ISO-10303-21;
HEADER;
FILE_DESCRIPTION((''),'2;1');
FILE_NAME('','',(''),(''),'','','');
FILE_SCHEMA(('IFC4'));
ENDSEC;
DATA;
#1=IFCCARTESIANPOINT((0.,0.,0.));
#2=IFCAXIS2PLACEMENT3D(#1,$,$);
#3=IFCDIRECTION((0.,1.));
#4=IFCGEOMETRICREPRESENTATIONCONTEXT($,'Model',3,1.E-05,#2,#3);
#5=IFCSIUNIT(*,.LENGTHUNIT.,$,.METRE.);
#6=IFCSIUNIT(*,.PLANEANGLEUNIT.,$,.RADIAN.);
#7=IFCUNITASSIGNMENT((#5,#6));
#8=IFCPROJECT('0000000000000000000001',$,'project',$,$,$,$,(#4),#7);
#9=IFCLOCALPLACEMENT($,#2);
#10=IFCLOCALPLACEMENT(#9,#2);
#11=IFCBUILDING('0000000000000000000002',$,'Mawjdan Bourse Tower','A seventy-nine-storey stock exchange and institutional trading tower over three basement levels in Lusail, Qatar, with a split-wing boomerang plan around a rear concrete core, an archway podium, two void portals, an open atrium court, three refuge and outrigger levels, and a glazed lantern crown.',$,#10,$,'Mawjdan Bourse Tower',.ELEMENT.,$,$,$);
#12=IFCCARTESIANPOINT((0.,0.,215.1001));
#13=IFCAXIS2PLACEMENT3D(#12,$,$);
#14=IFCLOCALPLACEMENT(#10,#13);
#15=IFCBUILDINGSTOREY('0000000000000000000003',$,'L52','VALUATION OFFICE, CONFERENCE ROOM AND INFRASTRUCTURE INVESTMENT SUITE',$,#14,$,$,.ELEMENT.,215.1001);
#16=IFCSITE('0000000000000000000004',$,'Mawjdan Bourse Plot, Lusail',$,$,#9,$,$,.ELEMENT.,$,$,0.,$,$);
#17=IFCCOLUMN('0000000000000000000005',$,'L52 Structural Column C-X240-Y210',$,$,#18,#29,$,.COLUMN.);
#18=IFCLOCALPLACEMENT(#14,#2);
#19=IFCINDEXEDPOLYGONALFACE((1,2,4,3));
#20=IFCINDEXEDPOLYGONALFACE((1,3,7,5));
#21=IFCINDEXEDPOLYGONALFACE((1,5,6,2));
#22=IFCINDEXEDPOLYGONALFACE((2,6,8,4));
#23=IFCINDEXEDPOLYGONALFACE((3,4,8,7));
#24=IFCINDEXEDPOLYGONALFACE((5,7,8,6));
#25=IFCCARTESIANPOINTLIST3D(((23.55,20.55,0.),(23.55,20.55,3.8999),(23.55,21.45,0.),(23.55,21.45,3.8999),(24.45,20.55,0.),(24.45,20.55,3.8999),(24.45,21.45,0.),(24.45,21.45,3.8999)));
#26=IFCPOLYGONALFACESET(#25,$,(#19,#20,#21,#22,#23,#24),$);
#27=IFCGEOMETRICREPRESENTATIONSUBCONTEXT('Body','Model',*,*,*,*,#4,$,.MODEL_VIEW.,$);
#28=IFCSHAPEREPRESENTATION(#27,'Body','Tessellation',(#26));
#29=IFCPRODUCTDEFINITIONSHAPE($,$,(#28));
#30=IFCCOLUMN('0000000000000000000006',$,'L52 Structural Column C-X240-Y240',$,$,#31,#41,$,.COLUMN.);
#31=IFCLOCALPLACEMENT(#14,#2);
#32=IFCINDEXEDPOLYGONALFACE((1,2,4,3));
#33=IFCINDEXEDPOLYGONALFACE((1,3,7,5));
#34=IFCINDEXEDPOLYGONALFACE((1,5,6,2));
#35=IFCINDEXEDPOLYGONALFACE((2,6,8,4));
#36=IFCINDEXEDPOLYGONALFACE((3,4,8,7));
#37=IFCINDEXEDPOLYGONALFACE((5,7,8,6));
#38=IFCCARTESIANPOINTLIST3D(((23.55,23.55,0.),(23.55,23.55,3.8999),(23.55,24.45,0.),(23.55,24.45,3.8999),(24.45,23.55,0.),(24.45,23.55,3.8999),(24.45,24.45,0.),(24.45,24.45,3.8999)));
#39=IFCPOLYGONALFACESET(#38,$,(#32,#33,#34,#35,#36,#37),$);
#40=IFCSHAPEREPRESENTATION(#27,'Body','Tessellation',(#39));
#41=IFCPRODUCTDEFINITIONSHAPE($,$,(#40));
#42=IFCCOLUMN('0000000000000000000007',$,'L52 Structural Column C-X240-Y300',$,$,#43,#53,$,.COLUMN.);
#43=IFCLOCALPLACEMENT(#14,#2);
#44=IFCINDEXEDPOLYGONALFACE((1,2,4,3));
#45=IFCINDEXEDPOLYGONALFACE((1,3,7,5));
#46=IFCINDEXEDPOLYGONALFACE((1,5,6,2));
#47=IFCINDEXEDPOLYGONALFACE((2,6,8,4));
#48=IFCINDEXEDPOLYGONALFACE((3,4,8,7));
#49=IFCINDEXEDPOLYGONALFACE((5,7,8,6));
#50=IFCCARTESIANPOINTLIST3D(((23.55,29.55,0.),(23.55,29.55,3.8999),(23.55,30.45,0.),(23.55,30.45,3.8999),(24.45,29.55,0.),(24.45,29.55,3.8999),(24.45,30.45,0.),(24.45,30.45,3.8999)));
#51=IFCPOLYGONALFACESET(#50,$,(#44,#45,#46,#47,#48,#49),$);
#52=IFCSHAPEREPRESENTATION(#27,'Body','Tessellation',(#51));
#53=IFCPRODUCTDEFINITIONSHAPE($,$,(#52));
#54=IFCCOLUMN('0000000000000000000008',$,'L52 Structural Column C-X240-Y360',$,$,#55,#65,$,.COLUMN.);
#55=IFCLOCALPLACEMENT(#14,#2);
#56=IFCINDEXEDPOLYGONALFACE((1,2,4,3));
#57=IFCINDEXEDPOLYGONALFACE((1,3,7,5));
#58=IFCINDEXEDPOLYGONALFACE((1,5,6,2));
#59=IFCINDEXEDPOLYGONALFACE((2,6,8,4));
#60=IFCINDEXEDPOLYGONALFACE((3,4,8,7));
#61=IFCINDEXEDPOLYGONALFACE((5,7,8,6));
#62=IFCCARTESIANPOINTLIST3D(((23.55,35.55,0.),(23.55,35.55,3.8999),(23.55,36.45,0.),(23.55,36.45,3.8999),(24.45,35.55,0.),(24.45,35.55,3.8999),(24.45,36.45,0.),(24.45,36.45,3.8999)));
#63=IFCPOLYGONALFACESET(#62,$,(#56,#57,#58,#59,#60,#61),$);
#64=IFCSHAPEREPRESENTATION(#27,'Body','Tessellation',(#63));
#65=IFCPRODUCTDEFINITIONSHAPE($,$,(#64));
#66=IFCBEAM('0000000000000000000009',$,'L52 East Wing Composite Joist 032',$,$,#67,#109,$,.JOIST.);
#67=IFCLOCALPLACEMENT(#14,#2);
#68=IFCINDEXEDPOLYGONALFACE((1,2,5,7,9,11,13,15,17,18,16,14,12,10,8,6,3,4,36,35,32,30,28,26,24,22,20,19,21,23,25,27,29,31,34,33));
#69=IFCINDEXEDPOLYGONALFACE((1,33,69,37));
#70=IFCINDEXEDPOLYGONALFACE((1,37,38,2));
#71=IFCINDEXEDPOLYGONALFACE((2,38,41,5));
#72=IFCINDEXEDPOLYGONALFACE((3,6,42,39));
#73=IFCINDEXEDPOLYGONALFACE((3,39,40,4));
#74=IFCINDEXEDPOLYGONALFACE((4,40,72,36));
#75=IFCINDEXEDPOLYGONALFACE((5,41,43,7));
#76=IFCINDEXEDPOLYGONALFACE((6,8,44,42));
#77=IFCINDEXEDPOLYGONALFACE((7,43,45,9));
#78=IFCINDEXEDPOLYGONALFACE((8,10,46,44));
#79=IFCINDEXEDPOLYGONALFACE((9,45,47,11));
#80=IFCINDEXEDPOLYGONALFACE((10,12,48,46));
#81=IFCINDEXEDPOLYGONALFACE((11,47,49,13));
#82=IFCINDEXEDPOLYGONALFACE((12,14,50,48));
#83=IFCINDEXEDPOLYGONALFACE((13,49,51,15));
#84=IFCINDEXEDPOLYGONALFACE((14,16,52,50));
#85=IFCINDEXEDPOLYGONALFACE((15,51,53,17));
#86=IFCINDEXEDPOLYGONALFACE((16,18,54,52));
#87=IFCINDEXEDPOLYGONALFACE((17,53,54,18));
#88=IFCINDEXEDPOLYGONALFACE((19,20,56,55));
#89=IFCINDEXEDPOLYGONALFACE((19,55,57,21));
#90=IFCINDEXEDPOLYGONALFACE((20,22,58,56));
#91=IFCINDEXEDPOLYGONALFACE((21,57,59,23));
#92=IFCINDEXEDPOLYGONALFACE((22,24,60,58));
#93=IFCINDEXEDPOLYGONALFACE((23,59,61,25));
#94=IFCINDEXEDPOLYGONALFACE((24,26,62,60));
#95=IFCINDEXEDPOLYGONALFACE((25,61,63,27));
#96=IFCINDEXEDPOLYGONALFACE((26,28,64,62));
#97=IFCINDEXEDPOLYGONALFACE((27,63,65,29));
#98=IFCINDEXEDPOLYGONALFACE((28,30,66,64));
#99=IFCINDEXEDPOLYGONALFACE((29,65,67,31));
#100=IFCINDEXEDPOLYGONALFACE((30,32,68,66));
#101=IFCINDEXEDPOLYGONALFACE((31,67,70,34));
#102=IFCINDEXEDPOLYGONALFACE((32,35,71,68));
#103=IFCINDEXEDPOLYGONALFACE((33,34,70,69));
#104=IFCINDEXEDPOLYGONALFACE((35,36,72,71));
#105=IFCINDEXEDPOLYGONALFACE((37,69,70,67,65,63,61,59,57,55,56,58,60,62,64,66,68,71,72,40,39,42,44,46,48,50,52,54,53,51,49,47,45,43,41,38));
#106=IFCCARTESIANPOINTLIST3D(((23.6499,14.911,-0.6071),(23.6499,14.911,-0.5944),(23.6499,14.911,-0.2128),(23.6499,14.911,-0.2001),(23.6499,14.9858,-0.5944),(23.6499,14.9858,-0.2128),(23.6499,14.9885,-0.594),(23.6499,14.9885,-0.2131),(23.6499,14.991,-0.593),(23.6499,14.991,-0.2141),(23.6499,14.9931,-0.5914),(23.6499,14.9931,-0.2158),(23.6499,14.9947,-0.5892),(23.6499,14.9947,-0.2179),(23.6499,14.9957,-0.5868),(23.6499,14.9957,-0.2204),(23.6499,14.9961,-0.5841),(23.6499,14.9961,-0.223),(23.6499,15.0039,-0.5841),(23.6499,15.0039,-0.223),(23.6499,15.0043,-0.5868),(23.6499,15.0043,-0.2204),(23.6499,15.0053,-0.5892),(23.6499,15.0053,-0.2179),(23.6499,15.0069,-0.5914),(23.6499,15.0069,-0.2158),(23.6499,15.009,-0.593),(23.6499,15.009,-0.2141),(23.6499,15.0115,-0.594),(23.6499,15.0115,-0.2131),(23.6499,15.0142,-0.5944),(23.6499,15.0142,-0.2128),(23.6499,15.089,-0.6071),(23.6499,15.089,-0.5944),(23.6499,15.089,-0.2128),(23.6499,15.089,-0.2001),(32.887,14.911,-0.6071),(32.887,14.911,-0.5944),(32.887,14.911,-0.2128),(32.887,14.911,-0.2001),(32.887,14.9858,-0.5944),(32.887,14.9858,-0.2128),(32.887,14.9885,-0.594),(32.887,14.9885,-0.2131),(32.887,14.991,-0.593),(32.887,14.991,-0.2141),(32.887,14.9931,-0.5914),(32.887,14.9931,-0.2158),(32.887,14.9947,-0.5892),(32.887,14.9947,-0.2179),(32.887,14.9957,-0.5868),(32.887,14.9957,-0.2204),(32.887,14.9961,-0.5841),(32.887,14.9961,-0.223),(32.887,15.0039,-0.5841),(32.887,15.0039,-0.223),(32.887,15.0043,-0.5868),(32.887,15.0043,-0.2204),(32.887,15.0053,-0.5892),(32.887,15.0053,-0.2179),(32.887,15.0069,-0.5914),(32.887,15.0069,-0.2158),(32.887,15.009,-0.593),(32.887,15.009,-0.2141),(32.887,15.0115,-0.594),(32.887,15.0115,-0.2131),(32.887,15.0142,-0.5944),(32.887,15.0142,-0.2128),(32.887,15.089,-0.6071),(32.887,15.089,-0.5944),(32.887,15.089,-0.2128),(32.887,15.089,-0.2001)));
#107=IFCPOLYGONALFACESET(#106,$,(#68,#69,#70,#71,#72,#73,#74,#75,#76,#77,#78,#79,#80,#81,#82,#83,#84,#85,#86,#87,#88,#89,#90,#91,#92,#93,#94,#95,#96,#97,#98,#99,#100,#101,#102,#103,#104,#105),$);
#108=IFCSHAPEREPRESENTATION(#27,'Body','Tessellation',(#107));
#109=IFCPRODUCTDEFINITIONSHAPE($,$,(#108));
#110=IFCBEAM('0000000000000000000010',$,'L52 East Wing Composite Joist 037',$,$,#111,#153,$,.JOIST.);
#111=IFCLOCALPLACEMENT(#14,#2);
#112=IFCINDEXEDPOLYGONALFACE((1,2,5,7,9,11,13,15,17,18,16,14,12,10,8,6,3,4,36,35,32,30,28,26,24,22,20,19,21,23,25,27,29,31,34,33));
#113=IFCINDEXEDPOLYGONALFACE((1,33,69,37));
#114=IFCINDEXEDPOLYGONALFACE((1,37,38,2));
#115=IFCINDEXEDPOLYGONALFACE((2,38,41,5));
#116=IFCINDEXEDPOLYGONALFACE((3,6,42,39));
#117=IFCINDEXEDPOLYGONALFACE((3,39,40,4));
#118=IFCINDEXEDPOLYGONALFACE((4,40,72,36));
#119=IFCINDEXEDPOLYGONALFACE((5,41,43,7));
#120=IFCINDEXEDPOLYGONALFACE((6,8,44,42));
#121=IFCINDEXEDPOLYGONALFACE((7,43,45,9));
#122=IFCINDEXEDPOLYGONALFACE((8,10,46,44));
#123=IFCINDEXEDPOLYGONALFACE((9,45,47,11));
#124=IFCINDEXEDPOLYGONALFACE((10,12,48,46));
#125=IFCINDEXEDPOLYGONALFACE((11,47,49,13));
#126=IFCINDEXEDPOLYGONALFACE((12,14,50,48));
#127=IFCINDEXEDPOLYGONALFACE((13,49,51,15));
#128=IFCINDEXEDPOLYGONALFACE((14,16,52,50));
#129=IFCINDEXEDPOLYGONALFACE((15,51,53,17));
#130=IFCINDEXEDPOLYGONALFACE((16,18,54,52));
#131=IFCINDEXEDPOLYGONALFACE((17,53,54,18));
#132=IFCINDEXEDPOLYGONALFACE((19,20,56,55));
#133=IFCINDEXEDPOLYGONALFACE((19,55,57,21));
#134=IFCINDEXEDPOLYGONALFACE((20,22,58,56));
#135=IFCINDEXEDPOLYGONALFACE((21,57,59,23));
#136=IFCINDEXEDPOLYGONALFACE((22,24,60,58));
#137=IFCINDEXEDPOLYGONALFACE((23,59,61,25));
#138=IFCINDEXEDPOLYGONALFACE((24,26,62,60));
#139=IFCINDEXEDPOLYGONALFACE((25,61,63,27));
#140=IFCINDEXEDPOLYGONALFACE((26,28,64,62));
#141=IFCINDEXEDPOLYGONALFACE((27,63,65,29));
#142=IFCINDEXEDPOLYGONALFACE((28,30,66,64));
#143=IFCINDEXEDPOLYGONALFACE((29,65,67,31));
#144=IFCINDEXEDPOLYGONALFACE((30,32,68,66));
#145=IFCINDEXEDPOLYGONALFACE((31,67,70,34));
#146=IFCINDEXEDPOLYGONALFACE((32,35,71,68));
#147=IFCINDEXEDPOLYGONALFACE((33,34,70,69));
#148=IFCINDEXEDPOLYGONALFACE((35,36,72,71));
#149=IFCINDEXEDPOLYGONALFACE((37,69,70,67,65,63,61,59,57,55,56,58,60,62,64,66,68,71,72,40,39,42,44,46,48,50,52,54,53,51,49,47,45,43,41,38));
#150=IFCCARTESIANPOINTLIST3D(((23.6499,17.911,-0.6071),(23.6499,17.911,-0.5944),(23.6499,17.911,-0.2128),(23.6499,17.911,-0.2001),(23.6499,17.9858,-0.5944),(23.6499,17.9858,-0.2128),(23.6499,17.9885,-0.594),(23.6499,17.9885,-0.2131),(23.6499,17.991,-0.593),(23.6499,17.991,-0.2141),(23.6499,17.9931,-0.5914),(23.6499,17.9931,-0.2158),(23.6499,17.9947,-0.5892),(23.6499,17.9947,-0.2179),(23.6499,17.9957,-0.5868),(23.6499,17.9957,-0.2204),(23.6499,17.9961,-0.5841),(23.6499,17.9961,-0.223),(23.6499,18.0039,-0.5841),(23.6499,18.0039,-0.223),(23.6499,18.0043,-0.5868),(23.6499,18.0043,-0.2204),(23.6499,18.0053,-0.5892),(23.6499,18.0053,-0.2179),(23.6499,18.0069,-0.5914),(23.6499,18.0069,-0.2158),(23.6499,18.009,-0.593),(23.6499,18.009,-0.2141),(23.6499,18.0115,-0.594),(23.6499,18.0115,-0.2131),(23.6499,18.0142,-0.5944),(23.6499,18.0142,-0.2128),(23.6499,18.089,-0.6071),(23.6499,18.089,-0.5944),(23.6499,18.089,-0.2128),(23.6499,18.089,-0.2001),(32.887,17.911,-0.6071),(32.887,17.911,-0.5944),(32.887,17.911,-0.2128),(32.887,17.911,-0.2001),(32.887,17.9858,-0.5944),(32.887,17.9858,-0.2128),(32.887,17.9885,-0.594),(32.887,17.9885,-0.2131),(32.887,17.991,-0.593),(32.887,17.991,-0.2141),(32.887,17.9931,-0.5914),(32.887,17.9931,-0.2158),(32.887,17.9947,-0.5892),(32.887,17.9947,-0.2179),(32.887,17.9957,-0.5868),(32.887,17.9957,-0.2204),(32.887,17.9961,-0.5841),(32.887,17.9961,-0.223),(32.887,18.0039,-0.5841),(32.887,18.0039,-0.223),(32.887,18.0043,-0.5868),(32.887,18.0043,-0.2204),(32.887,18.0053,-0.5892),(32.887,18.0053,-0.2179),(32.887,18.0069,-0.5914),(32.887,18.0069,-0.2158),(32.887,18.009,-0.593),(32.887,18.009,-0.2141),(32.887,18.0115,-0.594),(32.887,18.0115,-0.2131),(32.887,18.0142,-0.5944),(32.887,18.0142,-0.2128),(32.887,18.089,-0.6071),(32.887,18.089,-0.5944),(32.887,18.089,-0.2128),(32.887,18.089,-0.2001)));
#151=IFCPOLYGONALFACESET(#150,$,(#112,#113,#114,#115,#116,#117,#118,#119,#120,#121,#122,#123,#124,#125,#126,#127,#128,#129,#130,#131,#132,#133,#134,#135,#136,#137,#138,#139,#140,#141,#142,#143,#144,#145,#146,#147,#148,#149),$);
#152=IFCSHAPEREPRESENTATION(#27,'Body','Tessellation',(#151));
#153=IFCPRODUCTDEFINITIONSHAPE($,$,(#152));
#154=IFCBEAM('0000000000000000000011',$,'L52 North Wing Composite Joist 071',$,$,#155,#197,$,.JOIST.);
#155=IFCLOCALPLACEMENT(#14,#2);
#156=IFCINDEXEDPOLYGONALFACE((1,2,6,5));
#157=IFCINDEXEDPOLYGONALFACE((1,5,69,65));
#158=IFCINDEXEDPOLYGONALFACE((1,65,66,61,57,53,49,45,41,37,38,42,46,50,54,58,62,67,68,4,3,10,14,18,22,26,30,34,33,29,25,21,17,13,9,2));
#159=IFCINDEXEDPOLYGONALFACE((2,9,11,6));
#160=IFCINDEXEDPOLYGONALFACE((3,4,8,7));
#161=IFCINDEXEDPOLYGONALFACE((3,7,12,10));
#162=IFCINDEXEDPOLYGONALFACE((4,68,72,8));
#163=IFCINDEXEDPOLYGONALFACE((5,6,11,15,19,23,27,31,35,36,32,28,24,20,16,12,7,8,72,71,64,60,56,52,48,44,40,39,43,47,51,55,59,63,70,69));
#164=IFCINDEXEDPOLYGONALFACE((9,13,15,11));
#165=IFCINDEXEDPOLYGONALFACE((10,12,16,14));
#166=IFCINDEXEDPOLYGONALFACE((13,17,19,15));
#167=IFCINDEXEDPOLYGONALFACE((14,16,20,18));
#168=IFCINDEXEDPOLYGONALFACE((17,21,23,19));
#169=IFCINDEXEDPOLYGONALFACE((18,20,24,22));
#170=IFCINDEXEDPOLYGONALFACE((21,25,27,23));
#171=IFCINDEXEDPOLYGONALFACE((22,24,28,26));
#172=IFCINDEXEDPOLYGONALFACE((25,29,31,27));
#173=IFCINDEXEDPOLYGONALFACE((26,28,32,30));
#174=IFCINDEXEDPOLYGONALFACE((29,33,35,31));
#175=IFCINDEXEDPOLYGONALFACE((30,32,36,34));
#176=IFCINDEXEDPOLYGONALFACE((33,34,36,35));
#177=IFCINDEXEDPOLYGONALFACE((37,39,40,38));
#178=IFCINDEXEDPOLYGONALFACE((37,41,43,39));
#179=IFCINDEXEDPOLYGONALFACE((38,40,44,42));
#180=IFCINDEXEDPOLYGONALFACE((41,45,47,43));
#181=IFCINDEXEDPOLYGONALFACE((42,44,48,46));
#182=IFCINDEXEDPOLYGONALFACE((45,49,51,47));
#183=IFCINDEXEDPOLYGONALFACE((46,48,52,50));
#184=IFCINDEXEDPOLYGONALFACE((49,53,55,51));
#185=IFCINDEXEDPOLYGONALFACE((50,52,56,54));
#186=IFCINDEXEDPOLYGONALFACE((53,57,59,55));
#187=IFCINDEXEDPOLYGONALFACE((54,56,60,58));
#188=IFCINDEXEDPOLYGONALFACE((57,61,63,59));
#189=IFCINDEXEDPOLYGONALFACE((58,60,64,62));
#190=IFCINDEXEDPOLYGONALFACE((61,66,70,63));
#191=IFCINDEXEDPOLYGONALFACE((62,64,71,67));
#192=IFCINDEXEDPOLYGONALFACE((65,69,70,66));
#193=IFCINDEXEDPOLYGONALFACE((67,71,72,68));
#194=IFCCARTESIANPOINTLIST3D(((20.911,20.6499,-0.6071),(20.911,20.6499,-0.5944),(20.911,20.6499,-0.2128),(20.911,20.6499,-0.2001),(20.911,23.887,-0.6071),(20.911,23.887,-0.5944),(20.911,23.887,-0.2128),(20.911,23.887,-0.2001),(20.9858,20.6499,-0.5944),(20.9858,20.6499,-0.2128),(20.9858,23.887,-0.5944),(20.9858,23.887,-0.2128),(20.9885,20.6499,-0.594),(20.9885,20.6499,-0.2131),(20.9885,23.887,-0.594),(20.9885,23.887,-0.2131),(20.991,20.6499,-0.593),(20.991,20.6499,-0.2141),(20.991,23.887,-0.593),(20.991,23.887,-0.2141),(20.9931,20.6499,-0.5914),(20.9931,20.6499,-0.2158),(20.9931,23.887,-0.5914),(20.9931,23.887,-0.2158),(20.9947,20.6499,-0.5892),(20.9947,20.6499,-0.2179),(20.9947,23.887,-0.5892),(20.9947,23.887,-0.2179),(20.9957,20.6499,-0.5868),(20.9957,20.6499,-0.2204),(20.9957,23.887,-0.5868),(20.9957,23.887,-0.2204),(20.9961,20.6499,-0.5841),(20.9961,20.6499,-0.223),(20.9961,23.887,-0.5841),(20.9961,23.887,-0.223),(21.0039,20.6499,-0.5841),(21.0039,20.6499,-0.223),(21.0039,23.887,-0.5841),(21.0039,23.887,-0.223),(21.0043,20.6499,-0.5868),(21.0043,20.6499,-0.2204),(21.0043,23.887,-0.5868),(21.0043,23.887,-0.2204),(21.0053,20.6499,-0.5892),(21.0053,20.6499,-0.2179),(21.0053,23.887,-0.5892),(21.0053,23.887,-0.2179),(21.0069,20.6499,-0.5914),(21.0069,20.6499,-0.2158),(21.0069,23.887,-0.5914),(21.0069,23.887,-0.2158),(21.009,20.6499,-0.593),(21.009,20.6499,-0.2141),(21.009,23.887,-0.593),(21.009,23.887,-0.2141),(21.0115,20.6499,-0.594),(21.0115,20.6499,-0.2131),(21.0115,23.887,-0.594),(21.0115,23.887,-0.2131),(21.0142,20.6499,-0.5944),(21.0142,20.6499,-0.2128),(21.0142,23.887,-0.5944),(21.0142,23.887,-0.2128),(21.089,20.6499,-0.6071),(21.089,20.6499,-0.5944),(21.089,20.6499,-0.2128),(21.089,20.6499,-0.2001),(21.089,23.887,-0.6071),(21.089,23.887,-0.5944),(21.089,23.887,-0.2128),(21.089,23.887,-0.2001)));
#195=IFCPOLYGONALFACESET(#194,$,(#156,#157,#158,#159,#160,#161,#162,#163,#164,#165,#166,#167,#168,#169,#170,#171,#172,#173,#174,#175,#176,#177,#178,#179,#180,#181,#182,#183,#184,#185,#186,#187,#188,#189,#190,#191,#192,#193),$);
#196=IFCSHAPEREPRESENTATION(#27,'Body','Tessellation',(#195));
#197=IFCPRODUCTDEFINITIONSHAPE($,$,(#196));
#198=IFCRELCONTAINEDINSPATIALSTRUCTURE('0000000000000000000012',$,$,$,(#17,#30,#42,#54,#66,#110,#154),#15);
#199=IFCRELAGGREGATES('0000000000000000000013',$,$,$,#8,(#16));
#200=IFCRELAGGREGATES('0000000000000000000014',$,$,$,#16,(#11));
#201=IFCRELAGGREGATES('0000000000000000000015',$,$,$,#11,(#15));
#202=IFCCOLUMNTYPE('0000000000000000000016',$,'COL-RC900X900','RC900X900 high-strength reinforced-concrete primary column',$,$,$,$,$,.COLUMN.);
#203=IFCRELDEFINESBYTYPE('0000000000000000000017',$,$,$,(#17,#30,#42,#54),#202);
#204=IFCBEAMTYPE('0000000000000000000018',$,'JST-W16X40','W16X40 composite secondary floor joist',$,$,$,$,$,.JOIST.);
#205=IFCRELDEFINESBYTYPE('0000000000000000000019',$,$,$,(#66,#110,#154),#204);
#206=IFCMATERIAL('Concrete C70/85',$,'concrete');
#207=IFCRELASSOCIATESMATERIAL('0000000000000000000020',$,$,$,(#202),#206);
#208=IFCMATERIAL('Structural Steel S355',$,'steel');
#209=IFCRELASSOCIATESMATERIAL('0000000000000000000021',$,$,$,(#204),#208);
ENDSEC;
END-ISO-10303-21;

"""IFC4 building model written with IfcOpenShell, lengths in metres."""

from ifc_helpers import new_model, si_unit, direction, frame, origin, origin_2d, place, context, subcontext, project, spatial, rectangle, i_section, extrude, material, material_profile, profile_set, type_object, element, save


model = new_model("IFC4")

# Units and contexts
model_context = context("Model", 3, precision=1e-05, world=origin(), true_north=direction((0.0, 1.0)))
body_context = subcontext(model_context, "Body", "Model", "MODEL_VIEW")
ifc_project = project(units=[si_unit("LENGTHUNIT", "METRE"), si_unit("PLANEANGLEUNIT", "RADIAN")], contexts=[model_context])

# Site, building, storey
site_placement = place(None, origin())
site = spatial("IfcSite", under=ifc_project, at=site_placement, Name="Mawjdan Bourse Plot, Lusail", CompositionType="ELEMENT", RefElevation=0.0)
building_placement = place(site_placement, origin())
building = spatial("IfcBuilding", under=site, at=building_placement, Name="Mawjdan Bourse Tower", Description="A seventy-nine-storey stock exchange and institutional trading tower over three basement levels in Lusail, Qatar, with a split-wing boomerang plan around a rear concrete core, an archway podium, two void portals, an open atrium court, three refuge and outrigger levels, and a glazed lantern crown.", LongName="Mawjdan Bourse Tower", CompositionType="ELEMENT")
storey_placement = place(building_placement, frame((0.0, 0.0, 215.1001)))
storey = spatial("IfcBuildingStorey", under=building, at=storey_placement, Name="L52", Description="VALUATION OFFICE, CONFERENCE ROOM AND INFRASTRUCTURE INVESTMENT SUITE", CompositionType="ELEMENT", Elevation=215.1001)

# Columns
ifc_material_1 = material(Name="Concrete C70/85", Category="concrete")
ifc_material_profile_1 = material_profile(ifc_material_1, rectangle(XDim=0.8999, YDim=0.8999, at=origin_2d()), Name="RC900X900")
ifc_profile_set_1 = profile_set([ifc_material_profile_1], Name="Concrete C70/85")
column_type = type_object("IfcColumnType", Name="COL-RC900X900", Description="RC900X900 high-strength reinforced-concrete primary column", PredefinedType="COLUMN", material=ifc_profile_set_1)
for number, where, z_axis, x_axis, name in (
    (1, (24.0, 21.0, 0.0), (0.0, 0.0, 1.0), (1.0, 0.0, 0.0), "L52 Structural Column C-X240-Y210"),
    (2, (24.0, 24.0, 0.0), (0.0, 0.0, 1.0), (1.0, 0.0, 0.0), "L52 Structural Column C-X240-Y240"),
    (3, (24.0, 30.0, 0.0), (0.0, 0.0, 1.0), (1.0, 0.0, 0.0), "L52 Structural Column C-X240-Y300"),
    (4, (24.0, 36.0, 0.0), (0.0, 0.0, 1.0), (1.0, 0.0, 0.0), "L52 Structural Column C-X240-Y360"),
):
    element("IfcColumn", number, at=place(storey_placement, frame(where, z_axis=z_axis, x_axis=x_axis)), inside=storey, type_object=column_type, Name=name, PredefinedType="COLUMN", context=body_context, shape_type="SweptSolid", body=[
        extrude(rectangle(XDim=0.8999, YDim=0.8999, at=origin_2d()), origin(), (0.0, 0.0, 1.0), 3.8999),
    ])

# Beams
ifc_material_2 = material(Name="Structural Steel S355", Category="steel")
ifc_material_profile_2 = material_profile(ifc_material_2, i_section(OverallWidth=0.178, OverallDepth=0.407, WebThickness=0.0078, FlangeThickness=0.0127, FilletRadius=0.0103, at=origin_2d()), Name="W16X40")
ifc_profile_set_2 = profile_set([ifc_material_profile_2], Name="Structural Steel S355")
beam_type_1 = type_object("IfcBeamType", Name="JST-W16X40", Description="W16X40 composite secondary floor joist", PredefinedType="JOIST", material=ifc_profile_set_2)
for number, where, z_axis, x_axis, name in (
    (5, (23.6499, 15.0, -0.4036), (1.0, 0.0, 0.0), (0.0, 1.0, 0.0), "L52 East Wing Composite Joist 032"),
    (6, (23.6499, 18.0, -0.4036), (1.0, 0.0, 0.0), (0.0, 1.0, 0.0), "L52 East Wing Composite Joist 037"),
):
    element("IfcBeam", number, at=place(storey_placement, frame(where, z_axis=z_axis, x_axis=x_axis)), inside=storey, type_object=beam_type_1, Name=name, PredefinedType="JOIST", context=body_context, shape_type="SweptSolid", body=[
        extrude(i_section(OverallWidth=0.178, OverallDepth=0.407, WebThickness=0.0078, FlangeThickness=0.0127, FilletRadius=0.0103, at=origin_2d()), origin(), (0.0, 0.0, 1.0), 9.2371),
    ])
beam_1_placement = place(storey_placement, frame((21.0, 20.6499, -0.4036), z_axis=(0.0, 1.0, 0.0), x_axis=(-1.0, 0.0, 0.0)))
element("IfcBeam", 7, at=beam_1_placement, inside=storey, type_object=beam_type_1, Name="L52 North Wing Composite Joist 071", PredefinedType="JOIST", context=body_context, shape_type="SweptSolid", body=[
    extrude(i_section(OverallWidth=0.178, OverallDepth=0.407, WebThickness=0.0078, FlangeThickness=0.0127, FilletRadius=0.0103, at=origin_2d()), origin(), (0.0, 0.0, 1.0), 3.2371),
])

save(model, "model.ifc")
